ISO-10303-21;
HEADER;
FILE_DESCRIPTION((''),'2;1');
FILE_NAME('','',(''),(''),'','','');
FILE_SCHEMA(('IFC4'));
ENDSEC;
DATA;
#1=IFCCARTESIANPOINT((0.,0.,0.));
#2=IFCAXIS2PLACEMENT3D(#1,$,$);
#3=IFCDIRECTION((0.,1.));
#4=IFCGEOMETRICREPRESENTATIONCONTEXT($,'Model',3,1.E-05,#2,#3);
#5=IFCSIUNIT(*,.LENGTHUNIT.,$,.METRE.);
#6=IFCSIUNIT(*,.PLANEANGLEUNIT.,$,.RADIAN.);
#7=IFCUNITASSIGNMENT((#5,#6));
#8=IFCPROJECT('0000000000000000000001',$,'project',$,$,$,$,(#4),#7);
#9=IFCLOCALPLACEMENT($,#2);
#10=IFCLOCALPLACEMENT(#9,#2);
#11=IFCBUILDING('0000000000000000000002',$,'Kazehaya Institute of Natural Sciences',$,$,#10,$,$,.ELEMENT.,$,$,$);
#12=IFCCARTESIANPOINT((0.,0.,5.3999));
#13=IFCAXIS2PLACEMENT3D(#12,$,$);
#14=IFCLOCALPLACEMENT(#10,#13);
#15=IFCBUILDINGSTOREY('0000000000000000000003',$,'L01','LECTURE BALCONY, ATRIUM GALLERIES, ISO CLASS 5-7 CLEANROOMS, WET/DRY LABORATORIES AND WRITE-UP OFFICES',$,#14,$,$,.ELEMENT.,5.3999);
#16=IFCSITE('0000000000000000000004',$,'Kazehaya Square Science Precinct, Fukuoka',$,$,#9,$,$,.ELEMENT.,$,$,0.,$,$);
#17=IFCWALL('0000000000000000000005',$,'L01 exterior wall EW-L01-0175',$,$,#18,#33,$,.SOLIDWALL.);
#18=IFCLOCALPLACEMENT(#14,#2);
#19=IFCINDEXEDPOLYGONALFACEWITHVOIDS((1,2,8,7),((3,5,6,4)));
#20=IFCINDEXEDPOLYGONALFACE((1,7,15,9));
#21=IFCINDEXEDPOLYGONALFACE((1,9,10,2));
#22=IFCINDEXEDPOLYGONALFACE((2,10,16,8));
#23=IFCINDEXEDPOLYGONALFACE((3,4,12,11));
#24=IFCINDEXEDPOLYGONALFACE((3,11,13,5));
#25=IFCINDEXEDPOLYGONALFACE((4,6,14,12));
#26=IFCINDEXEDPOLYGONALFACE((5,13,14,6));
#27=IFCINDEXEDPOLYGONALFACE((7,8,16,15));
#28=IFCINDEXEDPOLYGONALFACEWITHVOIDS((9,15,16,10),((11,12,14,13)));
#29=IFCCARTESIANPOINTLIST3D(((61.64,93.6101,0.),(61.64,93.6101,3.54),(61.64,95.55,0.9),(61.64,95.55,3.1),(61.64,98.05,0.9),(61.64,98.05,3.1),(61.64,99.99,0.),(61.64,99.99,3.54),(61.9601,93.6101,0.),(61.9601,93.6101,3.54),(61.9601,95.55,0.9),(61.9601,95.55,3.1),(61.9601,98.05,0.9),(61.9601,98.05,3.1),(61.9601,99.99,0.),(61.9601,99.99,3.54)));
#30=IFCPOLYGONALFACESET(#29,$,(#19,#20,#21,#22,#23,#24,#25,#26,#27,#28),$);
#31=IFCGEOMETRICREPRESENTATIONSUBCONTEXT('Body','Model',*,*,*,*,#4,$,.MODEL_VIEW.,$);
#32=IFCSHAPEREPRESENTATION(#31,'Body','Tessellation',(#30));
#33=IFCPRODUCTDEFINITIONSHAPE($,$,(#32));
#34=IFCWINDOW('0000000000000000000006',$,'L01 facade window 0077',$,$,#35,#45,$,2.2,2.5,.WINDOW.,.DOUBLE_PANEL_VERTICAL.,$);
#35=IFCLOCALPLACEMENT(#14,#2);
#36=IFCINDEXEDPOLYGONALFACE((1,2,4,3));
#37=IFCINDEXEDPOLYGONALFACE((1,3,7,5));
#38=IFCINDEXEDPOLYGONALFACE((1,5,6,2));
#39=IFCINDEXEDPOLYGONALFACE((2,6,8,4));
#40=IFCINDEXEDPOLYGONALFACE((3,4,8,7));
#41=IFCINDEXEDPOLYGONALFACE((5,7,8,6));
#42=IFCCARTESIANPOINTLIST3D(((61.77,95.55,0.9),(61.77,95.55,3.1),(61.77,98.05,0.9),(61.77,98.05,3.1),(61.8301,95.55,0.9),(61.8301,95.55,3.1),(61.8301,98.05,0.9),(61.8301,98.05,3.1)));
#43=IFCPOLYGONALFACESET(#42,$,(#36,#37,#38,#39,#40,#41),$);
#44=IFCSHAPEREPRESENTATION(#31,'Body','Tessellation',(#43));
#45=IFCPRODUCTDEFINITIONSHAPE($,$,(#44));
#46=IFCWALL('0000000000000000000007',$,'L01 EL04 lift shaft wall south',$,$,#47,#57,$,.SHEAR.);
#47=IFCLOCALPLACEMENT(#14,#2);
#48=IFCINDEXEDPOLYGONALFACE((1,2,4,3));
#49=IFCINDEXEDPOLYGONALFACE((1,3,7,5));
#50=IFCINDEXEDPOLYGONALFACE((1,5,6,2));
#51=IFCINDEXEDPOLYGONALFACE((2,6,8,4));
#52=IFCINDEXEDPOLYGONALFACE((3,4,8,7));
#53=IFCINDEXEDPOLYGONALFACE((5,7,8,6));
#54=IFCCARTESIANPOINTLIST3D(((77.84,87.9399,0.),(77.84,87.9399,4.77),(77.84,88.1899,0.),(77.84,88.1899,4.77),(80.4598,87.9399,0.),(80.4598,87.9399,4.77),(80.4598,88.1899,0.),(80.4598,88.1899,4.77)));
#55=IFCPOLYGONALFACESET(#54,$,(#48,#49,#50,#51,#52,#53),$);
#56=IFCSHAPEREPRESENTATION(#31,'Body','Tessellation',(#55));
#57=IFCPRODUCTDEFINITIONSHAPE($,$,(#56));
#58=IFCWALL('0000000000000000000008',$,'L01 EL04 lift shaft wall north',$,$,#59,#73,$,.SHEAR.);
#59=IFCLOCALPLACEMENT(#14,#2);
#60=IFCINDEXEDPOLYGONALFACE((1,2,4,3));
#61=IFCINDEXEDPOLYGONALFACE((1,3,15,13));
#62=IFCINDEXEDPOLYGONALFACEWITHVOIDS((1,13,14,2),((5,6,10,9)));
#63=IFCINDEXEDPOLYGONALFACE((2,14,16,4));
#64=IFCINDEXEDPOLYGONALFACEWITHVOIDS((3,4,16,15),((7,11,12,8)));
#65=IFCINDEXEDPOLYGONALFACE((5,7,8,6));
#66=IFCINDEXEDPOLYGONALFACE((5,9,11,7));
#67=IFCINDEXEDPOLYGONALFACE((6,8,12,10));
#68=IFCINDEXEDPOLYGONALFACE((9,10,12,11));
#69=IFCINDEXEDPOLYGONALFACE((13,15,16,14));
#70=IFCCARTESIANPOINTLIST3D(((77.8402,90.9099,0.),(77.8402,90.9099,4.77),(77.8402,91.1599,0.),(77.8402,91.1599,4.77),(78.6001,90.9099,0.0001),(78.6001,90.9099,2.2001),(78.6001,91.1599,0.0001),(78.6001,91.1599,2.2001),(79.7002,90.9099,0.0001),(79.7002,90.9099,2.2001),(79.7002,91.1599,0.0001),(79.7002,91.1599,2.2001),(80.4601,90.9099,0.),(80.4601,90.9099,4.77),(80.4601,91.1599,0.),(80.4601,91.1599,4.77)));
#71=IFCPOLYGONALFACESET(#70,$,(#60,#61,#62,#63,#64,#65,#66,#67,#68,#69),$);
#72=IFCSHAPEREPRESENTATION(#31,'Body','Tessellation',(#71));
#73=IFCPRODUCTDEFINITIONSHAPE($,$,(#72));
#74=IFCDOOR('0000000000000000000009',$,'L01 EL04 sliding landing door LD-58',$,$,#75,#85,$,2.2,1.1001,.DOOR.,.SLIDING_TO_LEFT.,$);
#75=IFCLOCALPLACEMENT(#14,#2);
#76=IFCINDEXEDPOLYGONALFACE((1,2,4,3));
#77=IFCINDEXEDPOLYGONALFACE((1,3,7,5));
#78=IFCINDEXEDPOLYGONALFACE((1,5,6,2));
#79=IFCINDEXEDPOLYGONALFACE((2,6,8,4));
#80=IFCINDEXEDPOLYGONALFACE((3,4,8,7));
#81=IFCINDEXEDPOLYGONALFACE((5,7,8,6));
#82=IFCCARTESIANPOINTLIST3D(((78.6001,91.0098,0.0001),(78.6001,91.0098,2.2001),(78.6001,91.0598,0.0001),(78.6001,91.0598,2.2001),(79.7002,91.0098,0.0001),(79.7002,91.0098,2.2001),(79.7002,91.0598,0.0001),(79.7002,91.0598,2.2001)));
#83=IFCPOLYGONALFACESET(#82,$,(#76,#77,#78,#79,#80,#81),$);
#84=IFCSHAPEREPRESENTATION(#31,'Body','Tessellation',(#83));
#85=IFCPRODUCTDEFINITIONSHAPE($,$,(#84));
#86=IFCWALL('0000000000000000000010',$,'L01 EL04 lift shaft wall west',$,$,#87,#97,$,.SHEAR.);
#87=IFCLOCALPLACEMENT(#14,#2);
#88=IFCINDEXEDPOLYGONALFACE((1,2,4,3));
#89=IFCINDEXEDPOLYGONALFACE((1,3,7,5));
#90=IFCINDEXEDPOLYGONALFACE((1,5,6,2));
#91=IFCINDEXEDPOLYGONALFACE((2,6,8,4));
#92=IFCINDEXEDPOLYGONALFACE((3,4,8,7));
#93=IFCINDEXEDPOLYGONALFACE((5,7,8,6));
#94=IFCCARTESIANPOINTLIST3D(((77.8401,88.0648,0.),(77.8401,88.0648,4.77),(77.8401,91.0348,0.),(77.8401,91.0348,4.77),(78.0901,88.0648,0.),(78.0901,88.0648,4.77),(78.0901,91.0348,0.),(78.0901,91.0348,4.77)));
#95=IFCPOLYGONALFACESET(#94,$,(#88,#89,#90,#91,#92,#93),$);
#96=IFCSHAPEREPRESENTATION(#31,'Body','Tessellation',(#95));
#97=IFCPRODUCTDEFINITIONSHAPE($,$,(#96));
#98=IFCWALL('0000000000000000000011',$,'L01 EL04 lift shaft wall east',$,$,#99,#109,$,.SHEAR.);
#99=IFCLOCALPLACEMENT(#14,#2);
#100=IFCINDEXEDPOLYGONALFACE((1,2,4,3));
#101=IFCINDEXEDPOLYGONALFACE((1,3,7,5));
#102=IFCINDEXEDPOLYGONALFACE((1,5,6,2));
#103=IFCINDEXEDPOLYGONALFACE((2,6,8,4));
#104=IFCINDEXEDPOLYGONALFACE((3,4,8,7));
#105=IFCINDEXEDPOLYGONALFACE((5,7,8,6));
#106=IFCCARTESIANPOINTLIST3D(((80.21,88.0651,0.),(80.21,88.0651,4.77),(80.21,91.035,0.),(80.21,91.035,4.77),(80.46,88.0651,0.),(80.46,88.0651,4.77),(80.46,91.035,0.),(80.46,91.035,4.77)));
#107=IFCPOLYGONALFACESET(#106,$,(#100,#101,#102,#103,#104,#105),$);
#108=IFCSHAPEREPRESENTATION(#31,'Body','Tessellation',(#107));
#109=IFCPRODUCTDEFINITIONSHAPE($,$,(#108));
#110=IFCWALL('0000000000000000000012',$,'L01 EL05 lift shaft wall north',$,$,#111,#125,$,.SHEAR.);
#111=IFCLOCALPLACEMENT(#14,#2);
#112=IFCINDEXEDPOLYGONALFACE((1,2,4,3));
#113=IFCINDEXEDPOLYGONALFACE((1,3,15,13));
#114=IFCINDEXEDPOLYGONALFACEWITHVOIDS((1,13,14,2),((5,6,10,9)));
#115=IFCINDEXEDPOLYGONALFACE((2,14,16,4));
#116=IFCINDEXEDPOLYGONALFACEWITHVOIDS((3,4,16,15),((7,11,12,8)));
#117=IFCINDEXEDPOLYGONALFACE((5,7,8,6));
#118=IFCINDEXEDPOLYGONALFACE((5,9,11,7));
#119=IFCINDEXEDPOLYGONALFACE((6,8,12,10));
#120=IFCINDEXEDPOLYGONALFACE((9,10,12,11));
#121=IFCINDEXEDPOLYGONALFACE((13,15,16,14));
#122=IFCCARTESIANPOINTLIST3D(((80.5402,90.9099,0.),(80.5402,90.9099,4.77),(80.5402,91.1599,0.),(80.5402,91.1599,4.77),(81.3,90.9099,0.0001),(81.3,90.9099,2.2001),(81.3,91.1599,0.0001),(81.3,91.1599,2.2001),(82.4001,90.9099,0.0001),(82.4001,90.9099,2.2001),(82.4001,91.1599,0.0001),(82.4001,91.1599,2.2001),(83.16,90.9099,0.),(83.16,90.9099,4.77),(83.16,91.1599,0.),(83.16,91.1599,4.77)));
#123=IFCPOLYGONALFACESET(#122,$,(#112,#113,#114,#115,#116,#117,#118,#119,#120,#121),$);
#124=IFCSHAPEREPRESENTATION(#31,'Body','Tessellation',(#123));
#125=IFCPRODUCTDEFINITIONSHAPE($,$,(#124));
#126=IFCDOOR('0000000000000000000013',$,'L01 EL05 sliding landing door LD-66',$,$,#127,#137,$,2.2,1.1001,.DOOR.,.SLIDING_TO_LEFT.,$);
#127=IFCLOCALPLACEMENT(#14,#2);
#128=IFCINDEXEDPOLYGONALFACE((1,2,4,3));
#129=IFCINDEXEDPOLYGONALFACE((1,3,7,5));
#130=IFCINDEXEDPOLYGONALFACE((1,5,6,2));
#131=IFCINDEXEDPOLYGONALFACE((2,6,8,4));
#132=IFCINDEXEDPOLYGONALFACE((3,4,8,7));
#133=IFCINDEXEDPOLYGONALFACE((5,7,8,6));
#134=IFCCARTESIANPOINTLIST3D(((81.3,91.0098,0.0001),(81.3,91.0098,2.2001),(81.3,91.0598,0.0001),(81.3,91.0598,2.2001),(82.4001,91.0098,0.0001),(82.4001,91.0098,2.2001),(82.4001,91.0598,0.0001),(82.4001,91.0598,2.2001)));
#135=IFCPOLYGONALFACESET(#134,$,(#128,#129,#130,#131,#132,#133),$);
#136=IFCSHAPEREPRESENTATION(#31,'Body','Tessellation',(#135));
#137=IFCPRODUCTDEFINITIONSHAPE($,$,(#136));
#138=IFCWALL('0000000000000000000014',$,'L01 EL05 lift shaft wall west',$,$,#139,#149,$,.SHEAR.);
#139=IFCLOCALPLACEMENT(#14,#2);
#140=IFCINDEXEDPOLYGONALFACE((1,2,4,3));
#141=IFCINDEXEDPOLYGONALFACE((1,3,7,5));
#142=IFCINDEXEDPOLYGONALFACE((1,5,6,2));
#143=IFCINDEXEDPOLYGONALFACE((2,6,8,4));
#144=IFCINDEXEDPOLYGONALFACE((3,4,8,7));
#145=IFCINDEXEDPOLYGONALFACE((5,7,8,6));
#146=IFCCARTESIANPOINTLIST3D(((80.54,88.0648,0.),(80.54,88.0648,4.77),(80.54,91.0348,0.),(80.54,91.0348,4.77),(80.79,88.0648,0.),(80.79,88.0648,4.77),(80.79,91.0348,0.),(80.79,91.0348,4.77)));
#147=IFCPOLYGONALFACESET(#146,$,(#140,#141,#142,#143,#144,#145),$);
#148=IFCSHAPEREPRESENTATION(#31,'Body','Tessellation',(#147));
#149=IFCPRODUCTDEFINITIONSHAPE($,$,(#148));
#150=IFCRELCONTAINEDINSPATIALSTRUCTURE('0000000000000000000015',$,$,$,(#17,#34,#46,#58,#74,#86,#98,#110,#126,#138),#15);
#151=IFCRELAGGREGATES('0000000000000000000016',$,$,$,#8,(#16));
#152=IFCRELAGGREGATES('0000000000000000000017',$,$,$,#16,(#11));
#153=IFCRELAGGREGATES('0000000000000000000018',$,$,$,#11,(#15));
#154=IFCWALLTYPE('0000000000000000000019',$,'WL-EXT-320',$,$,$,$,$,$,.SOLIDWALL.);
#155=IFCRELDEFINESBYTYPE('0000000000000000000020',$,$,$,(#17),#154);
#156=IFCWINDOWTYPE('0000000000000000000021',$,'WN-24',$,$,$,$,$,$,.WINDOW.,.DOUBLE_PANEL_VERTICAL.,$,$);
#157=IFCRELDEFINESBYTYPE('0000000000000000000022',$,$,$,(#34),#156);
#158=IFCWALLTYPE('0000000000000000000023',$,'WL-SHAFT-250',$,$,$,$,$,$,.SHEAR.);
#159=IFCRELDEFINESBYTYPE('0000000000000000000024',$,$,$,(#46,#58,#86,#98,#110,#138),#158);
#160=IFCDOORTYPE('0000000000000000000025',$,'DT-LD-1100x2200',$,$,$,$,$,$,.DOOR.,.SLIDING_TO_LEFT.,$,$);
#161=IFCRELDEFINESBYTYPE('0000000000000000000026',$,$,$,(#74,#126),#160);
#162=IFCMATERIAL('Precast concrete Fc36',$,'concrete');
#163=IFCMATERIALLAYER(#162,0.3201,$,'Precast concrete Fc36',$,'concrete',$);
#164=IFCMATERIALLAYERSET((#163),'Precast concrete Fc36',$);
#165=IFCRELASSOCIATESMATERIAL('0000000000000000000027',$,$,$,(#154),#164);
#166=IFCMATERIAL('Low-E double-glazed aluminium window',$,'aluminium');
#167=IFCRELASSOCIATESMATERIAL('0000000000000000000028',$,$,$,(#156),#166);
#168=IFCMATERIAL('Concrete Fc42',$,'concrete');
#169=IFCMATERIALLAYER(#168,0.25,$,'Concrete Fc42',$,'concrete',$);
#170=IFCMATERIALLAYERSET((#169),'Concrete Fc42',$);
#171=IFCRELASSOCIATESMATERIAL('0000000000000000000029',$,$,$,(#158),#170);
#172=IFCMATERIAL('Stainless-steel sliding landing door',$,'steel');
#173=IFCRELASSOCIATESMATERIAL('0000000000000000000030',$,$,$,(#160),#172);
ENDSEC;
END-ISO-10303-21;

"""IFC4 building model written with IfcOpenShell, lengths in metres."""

from ifc_helpers import new_model, si_unit, direction, frame, frame_2d, origin, place, context, subcontext, project, spatial, rectangle, extrude, material, layer, layer_set, type_object, element, fill, save


model = new_model("IFC4")

# Units and contexts
model_context = context("Model", 3, precision=1e-05, world=origin(), true_north=direction((0.0, 1.0)))
body_context = subcontext(model_context, "Body", "Model", "MODEL_VIEW")
ifc_project = project(units=[si_unit("LENGTHUNIT", "METRE"), si_unit("PLANEANGLEUNIT", "RADIAN")], contexts=[model_context])

# Site, building, storey
site_placement = place(None, origin())
site = spatial("IfcSite", under=ifc_project, at=site_placement, Name="Kazehaya Square Science Precinct, Fukuoka", CompositionType="ELEMENT", RefElevation=0.0)
building_placement = place(site_placement, origin())
building = spatial("IfcBuilding", under=site, at=building_placement, Name="Kazehaya Institute of Natural Sciences", CompositionType="ELEMENT")
storey_placement = place(building_placement, frame((0.0, 0.0, 5.3999)))
storey = spatial("IfcBuildingStorey", under=building, at=storey_placement, Name="L01", Description="LECTURE BALCONY, ATRIUM GALLERIES, ISO CLASS 5-7 CLEANROOMS, WET/DRY LABORATORIES AND WRITE-UP OFFICES", CompositionType="ELEMENT", Elevation=5.3999)

# Shared definitions
ifc_material_1 = material(Name="Concrete Fc42", Category="concrete")

# Wall, opening, window
ifc_material_2 = material(Name="Precast concrete Fc36", Category="concrete")
ifc_layer_1 = layer(ifc_material_2, 0.3201, Name="Precast concrete Fc36", Category="concrete")
ifc_layer_set_1 = layer_set([ifc_layer_1], Name="Precast concrete Fc36")
wall_type_1 = type_object("IfcWallType", Name="WL-EXT-320", PredefinedType="SOLIDWALL", material=ifc_layer_set_1)
wall_1_placement = place(storey_placement, frame((61.8, 93.6101, 0.0), z_axis=(0.0, 0.0, 1.0), x_axis=(0.0, 1.0, 0.0)))
wall_1 = element("IfcWall", 1, at=wall_1_placement, inside=storey, type_object=wall_type_1, Name="L01 exterior wall EW-L01-0175", PredefinedType="SOLIDWALL", context=body_context, shape_type="SweptSolid", body=[
    extrude(rectangle(XDim=6.3799, YDim=0.3201, at=frame_2d((3.1899, 0.0))), origin(), (0.0, 0.0, 1.0), 3.54),
])
opening_1_placement = place(wall_1_placement, frame((1.9399, 0.0, 0.8999)))
opening_1 = element("IfcOpeningElement", 2, at=opening_1_placement, cuts=wall_1, PredefinedType="OPENING", context=body_context, shape_type="SweptSolid", body=[
    extrude(rectangle(XDim=2.5, YDim=2.2, at=frame_2d((1.25, 1.1001))), frame((0.0, 0.1699, 0.0), z_axis=(0.0, -1.0, 0.0), x_axis=(1.0, 0.0, 0.0)), (0.0, 0.0, 1.0), 0.3401),
])
ifc_material_3 = material(Name="Low-E double-glazed aluminium window", Category="aluminium")
window_type = type_object("IfcWindowType", Name="WN-24", PartitioningType="DOUBLE_PANEL_VERTICAL", PredefinedType="WINDOW", material=ifc_material_3)
window_placement = place(opening_1_placement, origin())
window = element("IfcWindow", 3, at=window_placement, inside=storey, type_object=window_type, Name="L01 facade window 0077", OverallHeight=2.2, OverallWidth=2.5, PartitioningType="DOUBLE_PANEL_VERTICAL", PredefinedType="WINDOW", context=body_context, shape_type="SweptSolid", body=[
    extrude(rectangle(XDim=2.5, YDim=2.2, at=frame_2d((1.25, 1.1001))), frame((0.0, 0.03, 0.0), z_axis=(0.0, -1.0, 0.0), x_axis=(1.0, 0.0, 0.0)), (0.0, 0.0, 1.0), 0.0601),
])
fill(opening_1, window)

# Wall
ifc_layer_2 = layer(ifc_material_1, 0.25, Name="Concrete Fc42", Category="concrete")
ifc_layer_set_2 = layer_set([ifc_layer_2], Name="Concrete Fc42")
wall_type_2 = type_object("IfcWallType", Name="WL-SHAFT-250", PredefinedType="SHEAR", material=ifc_layer_set_2)
wall_2_placement = place(storey_placement, frame((80.46, 88.0649, 0.0), z_axis=(0.0, 0.0, 1.0), x_axis=(-1.0, 0.0, 0.0)))
element("IfcWall", 4, at=wall_2_placement, inside=storey, type_object=wall_type_2, Name="L01 EL04 lift shaft wall south", PredefinedType="SHEAR", context=body_context, shape_type="SweptSolid", body=[
    extrude(rectangle(XDim=2.6199, YDim=0.25, at=frame_2d((1.3101, 0.0))), origin(), (0.0, 0.0, 1.0), 4.77),
])

# Wall, opening, door
wall_3_placement = place(storey_placement, frame((77.8401, 91.0349, 0.0), z_axis=(0.0, 0.0, 1.0), x_axis=(1.0, 0.0, 0.0)))
wall_3 = element("IfcWall", 5, at=wall_3_placement, inside=storey, type_object=wall_type_2, Name="L01 EL04 lift shaft wall north", PredefinedType="SHEAR", context=body_context, shape_type="SweptSolid", body=[
    extrude(rectangle(XDim=2.6199, YDim=0.25, at=frame_2d((1.3101, 0.0))), origin(), (0.0, 0.0, 1.0), 4.77),
])
opening_2_placement = place(wall_3_placement, frame((0.76, 0.0, 0.0)))
opening_2 = element("IfcOpeningElement", 6, at=opening_2_placement, cuts=wall_3, PredefinedType="OPENING", context=body_context, shape_type="SweptSolid", body=[
    extrude(rectangle(XDim=1.1001, YDim=2.2, at=frame_2d((0.55, 1.1001))), frame((0.0, 0.135, 0.0), z_axis=(0.0, -1.0, 0.0), x_axis=(1.0, 0.0, 0.0)), (0.0, 0.0, 1.0), 0.27),
])
ifc_material_4 = material(Name="Stainless-steel sliding landing door", Category="steel")
door_type_1 = type_object("IfcDoorType", Name="DT-LD-1100x2200", OperationType="SLIDING_TO_LEFT", PredefinedType="DOOR", material=ifc_material_4)
door_1_placement = place(opening_2_placement, origin())
door_1 = element("IfcDoor", 7, at=door_1_placement, inside=storey, type_object=door_type_1, Name="L01 EL04 sliding landing door LD-58", OperationType="SLIDING_TO_LEFT", OverallHeight=2.2, OverallWidth=1.1001, PredefinedType="DOOR", context=body_context, shape_type="SweptSolid", body=[
    extrude(rectangle(XDim=1.1001, YDim=2.2, at=frame_2d((0.55, 1.1001))), frame((0.0, 0.0249, 0.0), z_axis=(0.0, -1.0, 0.0), x_axis=(1.0, 0.0, 0.0)), (0.0, 0.0, 1.0), 0.05),
])
fill(opening_2, door_1)

# Walls
for number, where, z_axis, x_axis, name in (
    (8, (77.9651, 88.0649, 0.0), (0.0, 0.0, 1.0), (0.0, 1.0, 0.0), "L01 EL04 lift shaft wall west"),
    (9, (80.335, 91.0349, 0.0), (0.0, 0.0, 1.0), (0.0, -1.0, 0.0), "L01 EL04 lift shaft wall east"),
):
    element("IfcWall", number, at=place(storey_placement, frame(where, z_axis=z_axis, x_axis=x_axis)), inside=storey, type_object=wall_type_2, Name=name, PredefinedType="SHEAR", context=body_context, shape_type="SweptSolid", body=[
        extrude(rectangle(XDim=2.97, YDim=0.25, at=frame_2d((1.4849, 0.0))), origin(), (0.0, 0.0, 1.0), 4.77),
    ])

# Wall, opening, door
wall_4_placement = place(storey_placement, frame((80.54, 91.0349, 0.0), z_axis=(0.0, 0.0, 1.0), x_axis=(1.0, 0.0, 0.0)))
wall_4 = element("IfcWall", 10, at=wall_4_placement, inside=storey, type_object=wall_type_2, Name="L01 EL05 lift shaft wall north", PredefinedType="SHEAR", context=body_context, shape_type="SweptSolid", body=[
    extrude(rectangle(XDim=2.6199, YDim=0.25, at=frame_2d((1.3101, 0.0))), origin(), (0.0, 0.0, 1.0), 4.77),
])
opening_3_placement = place(wall_4_placement, frame((0.76, 0.0, 0.0)))
opening_3 = element("IfcOpeningElement", 11, at=opening_3_placement, cuts=wall_4, PredefinedType="OPENING", context=body_context, shape_type="SweptSolid", body=[
    extrude(rectangle(XDim=1.1001, YDim=2.2, at=frame_2d((0.55, 1.1001))), frame((0.0, 0.135, 0.0), z_axis=(0.0, -1.0, 0.0), x_axis=(1.0, 0.0, 0.0)), (0.0, 0.0, 1.0), 0.27),
])
door_2_placement = place(opening_3_placement, origin())
door_2 = element("IfcDoor", 12, at=door_2_placement, inside=storey, type_object=door_type_1, Name="L01 EL05 sliding landing door LD-66", OperationType="SLIDING_TO_LEFT", OverallHeight=2.2, OverallWidth=1.1001, PredefinedType="DOOR", context=body_context, shape_type="SweptSolid", body=[
    extrude(rectangle(XDim=1.1001, YDim=2.2, at=frame_2d((0.55, 1.1001))), frame((0.0, 0.0249, 0.0), z_axis=(0.0, -1.0, 0.0), x_axis=(1.0, 0.0, 0.0)), (0.0, 0.0, 1.0), 0.05),
])
fill(opening_3, door_2)

# Wall
wall_5_placement = place(storey_placement, frame((80.665, 88.0649, 0.0), z_axis=(0.0, 0.0, 1.0), x_axis=(0.0, 1.0, 0.0)))
element("IfcWall", 13, at=wall_5_placement, inside=storey, type_object=wall_type_2, Name="L01 EL05 lift shaft wall west", PredefinedType="SHEAR", context=body_context, shape_type="SweptSolid", body=[
    extrude(rectangle(XDim=2.97, YDim=0.25, at=frame_2d((1.4849, 0.0))), origin(), (0.0, 0.0, 1.0), 4.77),
])

save(model, "model.ifc")
